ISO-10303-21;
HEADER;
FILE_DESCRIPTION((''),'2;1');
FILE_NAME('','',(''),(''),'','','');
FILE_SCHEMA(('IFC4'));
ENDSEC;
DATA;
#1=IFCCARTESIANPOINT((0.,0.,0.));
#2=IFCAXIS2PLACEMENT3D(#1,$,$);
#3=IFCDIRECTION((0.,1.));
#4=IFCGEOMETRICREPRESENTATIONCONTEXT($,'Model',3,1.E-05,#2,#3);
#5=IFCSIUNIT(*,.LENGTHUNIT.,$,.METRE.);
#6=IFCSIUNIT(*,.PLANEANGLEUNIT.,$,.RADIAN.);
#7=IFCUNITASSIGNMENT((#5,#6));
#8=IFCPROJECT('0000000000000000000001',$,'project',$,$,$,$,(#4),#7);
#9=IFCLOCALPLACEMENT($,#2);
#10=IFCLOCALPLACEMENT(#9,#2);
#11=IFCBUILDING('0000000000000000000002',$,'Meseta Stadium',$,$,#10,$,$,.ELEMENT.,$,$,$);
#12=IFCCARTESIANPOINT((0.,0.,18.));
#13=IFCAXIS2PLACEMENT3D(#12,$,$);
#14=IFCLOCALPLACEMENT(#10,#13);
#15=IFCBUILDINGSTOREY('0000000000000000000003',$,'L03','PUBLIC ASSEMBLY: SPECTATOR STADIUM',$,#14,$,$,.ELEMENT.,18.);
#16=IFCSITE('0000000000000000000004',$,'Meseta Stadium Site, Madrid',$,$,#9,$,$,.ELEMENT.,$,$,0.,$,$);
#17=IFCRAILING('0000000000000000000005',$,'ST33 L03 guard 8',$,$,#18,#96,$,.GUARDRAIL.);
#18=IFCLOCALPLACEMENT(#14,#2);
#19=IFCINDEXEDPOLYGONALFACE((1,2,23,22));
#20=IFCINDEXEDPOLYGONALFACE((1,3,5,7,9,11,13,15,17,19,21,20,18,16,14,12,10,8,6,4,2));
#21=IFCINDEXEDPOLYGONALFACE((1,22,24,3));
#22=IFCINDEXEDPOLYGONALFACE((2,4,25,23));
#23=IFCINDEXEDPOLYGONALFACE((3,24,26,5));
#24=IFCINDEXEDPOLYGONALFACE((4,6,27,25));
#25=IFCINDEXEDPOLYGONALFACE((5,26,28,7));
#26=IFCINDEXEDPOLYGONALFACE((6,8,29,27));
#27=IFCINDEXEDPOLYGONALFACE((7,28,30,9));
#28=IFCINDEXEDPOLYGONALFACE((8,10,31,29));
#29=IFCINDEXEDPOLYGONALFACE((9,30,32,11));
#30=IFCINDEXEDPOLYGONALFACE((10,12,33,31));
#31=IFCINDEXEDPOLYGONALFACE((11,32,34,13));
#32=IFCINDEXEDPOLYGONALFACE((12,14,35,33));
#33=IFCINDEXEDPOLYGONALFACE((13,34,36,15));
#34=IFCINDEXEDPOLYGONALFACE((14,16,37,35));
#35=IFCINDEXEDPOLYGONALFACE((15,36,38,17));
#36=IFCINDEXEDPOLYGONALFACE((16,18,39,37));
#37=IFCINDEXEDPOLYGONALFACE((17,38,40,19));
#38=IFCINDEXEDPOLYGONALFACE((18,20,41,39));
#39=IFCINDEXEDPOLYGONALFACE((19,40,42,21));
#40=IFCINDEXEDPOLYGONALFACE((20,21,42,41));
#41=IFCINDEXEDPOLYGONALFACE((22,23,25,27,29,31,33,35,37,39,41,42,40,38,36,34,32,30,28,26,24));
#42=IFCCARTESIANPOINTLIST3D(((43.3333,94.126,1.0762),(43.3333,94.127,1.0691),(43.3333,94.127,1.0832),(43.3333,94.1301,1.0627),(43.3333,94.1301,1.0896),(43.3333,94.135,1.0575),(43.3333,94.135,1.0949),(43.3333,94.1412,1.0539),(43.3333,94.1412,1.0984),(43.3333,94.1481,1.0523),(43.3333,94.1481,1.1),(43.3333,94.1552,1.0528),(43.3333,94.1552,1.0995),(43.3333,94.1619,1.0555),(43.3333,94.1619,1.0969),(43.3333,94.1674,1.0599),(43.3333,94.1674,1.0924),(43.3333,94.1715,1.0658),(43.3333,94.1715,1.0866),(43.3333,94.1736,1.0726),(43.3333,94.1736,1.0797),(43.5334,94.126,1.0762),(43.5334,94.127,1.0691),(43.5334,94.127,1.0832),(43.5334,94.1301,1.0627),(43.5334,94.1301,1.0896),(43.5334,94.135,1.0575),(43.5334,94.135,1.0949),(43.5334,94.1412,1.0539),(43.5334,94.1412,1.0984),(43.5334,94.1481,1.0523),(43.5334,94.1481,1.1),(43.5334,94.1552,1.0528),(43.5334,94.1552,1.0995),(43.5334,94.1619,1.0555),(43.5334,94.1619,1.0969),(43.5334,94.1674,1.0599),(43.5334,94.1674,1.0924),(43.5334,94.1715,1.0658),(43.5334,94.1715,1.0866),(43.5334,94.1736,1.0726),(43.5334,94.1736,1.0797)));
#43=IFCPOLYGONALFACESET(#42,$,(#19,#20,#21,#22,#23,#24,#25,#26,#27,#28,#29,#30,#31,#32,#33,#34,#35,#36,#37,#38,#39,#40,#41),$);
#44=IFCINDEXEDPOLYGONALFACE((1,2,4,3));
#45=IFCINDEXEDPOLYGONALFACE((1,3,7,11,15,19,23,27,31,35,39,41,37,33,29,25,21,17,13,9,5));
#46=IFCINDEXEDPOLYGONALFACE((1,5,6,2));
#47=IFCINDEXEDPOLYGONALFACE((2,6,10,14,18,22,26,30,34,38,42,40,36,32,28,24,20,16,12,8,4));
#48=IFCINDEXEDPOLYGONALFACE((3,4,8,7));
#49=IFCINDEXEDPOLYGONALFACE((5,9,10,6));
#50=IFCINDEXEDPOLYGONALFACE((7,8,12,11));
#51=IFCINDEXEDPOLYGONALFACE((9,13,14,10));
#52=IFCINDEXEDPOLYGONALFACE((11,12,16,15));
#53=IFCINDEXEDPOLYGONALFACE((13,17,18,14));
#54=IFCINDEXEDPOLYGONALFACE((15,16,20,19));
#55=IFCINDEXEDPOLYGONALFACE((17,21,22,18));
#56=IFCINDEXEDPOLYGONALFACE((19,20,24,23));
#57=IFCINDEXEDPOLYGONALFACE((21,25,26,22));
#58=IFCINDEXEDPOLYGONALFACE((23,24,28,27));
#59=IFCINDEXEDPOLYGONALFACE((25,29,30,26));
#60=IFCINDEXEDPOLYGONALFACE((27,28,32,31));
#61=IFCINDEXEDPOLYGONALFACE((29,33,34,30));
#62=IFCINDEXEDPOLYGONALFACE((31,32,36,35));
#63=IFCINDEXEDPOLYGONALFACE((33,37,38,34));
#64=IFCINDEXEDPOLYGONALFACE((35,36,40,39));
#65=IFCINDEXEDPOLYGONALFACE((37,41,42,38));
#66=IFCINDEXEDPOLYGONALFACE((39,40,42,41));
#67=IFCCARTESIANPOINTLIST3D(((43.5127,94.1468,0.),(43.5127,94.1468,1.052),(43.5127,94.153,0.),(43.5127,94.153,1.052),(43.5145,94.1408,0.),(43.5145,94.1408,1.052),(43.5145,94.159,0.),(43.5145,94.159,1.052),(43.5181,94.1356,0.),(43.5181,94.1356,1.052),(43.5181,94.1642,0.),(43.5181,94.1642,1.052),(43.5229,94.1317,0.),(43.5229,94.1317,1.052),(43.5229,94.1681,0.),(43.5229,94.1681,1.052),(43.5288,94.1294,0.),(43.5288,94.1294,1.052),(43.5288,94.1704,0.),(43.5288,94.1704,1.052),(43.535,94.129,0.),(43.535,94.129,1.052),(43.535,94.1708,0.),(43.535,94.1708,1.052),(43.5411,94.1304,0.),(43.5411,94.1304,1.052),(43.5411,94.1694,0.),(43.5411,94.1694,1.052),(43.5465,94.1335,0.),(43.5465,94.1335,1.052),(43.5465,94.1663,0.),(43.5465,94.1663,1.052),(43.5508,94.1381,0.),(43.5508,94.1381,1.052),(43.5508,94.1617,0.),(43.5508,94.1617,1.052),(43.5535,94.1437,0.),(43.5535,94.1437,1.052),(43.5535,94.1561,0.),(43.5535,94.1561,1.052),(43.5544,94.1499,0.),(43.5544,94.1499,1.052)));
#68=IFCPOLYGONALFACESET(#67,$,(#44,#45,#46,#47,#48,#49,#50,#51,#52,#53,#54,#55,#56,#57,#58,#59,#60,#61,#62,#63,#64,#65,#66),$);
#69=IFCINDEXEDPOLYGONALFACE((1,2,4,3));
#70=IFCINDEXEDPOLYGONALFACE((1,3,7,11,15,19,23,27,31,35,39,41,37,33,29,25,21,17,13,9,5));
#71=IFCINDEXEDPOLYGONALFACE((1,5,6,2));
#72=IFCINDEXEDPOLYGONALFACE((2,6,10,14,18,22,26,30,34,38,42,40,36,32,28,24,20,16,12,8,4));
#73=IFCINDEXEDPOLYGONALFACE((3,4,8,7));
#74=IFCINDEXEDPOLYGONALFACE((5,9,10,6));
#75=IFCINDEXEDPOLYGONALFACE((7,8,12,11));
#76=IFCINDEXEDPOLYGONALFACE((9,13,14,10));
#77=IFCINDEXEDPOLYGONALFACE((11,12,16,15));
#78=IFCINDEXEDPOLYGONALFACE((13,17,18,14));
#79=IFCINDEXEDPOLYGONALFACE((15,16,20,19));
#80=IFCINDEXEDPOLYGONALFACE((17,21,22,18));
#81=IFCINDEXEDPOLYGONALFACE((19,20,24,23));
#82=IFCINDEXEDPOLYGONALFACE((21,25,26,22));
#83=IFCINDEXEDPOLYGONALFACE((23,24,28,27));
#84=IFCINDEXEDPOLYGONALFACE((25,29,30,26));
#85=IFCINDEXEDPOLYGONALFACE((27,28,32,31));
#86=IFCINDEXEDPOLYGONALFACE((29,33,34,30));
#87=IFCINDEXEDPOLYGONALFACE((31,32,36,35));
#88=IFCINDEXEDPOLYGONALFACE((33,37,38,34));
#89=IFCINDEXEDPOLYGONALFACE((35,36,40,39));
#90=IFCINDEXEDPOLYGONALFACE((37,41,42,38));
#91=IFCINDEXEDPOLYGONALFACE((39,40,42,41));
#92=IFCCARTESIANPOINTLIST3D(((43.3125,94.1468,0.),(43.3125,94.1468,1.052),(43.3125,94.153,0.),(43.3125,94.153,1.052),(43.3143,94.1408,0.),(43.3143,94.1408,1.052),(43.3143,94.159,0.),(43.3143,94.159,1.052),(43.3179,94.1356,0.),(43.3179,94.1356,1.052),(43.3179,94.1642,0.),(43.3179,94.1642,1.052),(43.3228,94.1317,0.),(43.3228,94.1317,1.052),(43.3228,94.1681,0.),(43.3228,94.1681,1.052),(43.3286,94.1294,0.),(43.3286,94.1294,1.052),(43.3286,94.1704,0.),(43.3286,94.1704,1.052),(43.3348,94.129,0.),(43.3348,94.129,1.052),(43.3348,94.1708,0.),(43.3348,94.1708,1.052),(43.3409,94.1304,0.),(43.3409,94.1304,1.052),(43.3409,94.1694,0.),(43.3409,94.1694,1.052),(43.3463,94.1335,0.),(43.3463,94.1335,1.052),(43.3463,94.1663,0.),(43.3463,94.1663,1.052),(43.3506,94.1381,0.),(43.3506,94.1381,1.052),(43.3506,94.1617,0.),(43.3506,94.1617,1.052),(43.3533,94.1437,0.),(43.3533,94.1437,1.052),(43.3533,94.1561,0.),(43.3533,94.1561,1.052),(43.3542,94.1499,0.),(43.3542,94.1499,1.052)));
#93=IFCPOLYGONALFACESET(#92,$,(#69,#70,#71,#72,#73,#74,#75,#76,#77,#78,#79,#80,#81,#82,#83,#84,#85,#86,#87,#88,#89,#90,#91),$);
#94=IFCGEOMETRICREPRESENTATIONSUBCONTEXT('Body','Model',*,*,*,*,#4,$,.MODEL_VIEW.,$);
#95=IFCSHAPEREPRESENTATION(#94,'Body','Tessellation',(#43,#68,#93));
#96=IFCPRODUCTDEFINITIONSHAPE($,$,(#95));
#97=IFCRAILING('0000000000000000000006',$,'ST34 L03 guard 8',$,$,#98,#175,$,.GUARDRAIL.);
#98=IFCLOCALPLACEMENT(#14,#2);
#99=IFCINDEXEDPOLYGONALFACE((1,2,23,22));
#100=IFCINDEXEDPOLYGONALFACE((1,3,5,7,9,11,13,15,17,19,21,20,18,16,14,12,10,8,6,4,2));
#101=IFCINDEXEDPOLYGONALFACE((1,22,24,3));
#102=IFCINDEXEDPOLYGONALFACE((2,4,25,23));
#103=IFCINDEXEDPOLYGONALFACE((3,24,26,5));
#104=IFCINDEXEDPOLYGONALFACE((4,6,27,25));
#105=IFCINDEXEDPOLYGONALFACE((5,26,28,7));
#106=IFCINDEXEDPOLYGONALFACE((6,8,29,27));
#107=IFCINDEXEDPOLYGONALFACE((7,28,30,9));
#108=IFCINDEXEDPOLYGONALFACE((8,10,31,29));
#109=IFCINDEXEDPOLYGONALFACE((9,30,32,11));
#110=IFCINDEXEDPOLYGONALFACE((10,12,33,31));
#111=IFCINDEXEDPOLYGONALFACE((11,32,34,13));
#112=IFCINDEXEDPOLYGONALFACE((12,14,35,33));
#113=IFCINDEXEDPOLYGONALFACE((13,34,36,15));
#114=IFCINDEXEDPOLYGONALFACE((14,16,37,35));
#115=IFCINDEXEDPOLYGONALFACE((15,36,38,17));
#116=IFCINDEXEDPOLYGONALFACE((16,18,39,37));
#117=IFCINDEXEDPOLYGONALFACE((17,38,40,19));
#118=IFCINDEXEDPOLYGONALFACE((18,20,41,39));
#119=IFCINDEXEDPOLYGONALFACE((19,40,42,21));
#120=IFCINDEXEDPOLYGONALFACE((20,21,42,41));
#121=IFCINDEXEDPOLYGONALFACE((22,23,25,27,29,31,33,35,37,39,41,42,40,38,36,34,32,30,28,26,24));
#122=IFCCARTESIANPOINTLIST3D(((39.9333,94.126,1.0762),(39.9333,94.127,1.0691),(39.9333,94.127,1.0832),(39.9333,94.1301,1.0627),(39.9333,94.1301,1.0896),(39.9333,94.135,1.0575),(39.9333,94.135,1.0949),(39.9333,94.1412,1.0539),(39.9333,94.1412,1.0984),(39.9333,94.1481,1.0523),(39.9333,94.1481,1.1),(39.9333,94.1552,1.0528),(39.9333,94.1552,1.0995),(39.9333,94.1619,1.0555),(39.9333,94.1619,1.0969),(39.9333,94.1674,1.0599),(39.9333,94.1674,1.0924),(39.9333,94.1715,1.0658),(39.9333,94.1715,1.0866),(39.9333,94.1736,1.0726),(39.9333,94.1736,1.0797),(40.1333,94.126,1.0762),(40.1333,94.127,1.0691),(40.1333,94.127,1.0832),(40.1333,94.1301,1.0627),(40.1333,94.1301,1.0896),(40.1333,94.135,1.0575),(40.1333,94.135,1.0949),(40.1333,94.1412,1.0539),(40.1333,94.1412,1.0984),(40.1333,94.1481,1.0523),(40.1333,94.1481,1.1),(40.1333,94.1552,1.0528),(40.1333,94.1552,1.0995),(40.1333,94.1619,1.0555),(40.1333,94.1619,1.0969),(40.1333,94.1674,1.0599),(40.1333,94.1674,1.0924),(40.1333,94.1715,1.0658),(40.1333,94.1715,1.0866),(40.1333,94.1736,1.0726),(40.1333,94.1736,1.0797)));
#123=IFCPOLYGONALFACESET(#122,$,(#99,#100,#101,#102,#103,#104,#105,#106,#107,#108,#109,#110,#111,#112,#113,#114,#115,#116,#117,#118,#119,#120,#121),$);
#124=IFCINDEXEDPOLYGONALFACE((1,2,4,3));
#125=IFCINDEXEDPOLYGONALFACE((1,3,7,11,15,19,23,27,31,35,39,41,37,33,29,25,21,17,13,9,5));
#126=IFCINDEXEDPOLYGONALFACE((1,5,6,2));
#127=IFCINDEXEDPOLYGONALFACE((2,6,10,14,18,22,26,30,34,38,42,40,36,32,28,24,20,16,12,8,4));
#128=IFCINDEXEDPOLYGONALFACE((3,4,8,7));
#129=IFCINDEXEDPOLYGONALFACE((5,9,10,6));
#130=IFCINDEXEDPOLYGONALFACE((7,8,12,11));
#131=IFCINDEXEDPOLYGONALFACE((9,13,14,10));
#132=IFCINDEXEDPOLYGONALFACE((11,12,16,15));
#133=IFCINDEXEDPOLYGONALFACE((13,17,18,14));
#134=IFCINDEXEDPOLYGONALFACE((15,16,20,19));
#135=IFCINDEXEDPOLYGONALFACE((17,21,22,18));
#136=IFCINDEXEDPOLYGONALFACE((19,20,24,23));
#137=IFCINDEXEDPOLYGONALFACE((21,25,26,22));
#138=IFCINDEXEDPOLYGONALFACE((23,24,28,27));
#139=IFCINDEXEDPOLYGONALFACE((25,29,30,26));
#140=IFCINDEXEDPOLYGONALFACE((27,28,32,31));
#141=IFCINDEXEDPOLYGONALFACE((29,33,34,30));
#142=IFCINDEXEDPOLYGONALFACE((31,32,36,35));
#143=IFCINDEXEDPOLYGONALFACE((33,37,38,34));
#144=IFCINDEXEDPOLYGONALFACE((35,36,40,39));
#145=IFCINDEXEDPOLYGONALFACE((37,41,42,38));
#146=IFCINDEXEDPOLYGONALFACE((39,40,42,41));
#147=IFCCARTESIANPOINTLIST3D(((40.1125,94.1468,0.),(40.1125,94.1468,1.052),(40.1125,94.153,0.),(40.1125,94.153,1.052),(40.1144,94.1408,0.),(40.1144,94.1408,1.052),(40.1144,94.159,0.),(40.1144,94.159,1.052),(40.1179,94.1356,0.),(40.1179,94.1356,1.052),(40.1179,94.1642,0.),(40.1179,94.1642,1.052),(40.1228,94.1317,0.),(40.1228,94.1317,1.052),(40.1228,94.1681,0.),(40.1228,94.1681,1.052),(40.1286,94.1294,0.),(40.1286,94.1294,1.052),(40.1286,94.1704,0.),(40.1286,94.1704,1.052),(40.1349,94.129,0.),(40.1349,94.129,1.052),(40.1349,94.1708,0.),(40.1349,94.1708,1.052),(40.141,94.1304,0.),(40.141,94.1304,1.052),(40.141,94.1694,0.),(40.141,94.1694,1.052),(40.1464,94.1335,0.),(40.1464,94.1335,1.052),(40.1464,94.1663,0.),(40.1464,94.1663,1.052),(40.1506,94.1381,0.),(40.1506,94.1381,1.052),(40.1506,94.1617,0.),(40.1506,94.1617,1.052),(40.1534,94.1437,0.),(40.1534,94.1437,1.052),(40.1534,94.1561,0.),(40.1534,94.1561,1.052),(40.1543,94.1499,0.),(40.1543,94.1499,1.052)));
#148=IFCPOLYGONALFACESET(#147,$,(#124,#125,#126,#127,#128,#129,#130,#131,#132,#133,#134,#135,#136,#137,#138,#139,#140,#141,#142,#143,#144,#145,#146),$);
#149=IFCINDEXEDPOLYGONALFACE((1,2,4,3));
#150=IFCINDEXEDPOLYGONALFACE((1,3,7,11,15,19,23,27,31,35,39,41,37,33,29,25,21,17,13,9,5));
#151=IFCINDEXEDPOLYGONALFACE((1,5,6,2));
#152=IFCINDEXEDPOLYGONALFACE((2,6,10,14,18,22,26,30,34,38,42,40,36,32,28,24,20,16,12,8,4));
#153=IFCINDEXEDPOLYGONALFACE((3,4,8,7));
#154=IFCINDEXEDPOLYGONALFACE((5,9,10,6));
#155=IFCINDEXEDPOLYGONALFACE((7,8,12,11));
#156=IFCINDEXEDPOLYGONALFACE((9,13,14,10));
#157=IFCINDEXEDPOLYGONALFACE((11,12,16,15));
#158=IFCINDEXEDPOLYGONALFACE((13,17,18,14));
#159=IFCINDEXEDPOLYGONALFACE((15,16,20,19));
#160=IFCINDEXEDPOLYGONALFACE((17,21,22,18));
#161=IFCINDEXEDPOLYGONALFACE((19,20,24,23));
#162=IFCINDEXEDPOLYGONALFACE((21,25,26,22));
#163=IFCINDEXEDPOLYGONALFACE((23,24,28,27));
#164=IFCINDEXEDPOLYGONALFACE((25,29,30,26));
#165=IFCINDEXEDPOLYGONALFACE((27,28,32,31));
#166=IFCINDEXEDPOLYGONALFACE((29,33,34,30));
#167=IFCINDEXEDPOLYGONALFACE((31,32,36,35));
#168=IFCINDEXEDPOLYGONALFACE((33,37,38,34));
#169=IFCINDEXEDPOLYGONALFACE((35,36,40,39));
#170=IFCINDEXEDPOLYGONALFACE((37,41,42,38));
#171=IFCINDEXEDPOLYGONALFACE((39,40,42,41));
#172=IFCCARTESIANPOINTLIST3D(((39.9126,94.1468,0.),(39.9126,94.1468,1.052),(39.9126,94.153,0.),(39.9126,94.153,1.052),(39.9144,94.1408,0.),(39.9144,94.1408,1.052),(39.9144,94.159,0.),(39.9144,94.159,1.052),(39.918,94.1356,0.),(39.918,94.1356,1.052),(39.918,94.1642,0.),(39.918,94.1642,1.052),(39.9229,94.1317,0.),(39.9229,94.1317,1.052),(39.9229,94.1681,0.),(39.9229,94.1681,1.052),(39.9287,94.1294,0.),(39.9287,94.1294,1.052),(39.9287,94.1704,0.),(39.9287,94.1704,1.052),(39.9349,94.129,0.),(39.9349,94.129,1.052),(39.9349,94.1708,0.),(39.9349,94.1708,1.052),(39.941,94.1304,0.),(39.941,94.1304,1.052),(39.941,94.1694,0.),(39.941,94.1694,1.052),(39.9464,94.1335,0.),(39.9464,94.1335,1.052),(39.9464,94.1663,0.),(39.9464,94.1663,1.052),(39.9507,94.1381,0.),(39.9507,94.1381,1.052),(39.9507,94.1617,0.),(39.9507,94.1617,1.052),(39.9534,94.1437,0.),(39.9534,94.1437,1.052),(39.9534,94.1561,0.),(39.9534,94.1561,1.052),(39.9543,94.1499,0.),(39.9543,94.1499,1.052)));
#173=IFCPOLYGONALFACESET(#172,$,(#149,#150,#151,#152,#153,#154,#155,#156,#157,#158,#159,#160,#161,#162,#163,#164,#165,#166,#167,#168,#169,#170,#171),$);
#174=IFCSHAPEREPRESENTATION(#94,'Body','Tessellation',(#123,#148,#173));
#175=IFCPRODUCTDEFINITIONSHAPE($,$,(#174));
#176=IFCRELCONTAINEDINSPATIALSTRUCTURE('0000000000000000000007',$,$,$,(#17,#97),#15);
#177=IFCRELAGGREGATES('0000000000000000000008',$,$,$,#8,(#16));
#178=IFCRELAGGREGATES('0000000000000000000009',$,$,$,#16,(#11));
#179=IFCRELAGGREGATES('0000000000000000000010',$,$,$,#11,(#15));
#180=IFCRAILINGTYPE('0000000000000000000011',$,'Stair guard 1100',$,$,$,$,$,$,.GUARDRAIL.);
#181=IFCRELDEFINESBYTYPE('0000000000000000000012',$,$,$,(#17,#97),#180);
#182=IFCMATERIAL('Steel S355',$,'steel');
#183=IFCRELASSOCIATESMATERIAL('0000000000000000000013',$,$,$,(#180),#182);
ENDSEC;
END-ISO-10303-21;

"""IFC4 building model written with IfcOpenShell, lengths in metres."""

from ifc_helpers import new_model, si_unit, direction, frame, origin, origin_2d, place, context, subcontext, project, spatial, circle, extrude, material, type_object, element, save


model = new_model("IFC4")

# Units and contexts
model_context = context("Model", 3, precision=1e-05, world=origin(), true_north=direction((0.0, 1.0)))
body_context = subcontext(model_context, "Body", "Model", "MODEL_VIEW")
ifc_project = project(units=[si_unit("LENGTHUNIT", "METRE"), si_unit("PLANEANGLEUNIT", "RADIAN")], contexts=[model_context])

# Site, building, storey
site_placement = place(None, origin())
site = spatial("IfcSite", under=ifc_project, at=site_placement, Name="Meseta Stadium Site, Madrid", CompositionType="ELEMENT", RefElevation=0.0)
building_placement = place(site_placement, origin())
building = spatial("IfcBuilding", under=site, at=building_placement, Name="Meseta Stadium", CompositionType="ELEMENT")
storey_placement = place(building_placement, frame((0.0, 0.0, 18.0)))
storey = spatial("IfcBuildingStorey", under=building, at=storey_placement, Name="L03", Description="PUBLIC ASSEMBLY: SPECTATOR STADIUM", CompositionType="ELEMENT", Elevation=18.0)

# Railings
ifc_material_1 = material(Name="Steel S355", Category="steel")
railing_type = type_object("IfcRailingType", Name="Stair guard 1100", PredefinedType="GUARDRAIL", material=ifc_material_1)
for number, where, name in (
    (1, (43.5334, 94.1499, 0.0), "ST33 L03 guard 8"),
):
    element("IfcRailing", number, at=place(storey_placement, frame(where)), inside=storey, type_object=railing_type, Name=name, PredefinedType="GUARDRAIL", context=body_context, shape_type="SweptSolid", body=[
        extrude(circle(Radius=0.0239, at=origin_2d()), frame((0.0, 0.0, 1.0762), z_axis=(-1.0, 0.0, 0.0), x_axis=(0.0, -1.0, 0.0)), (0.0, 0.0, 1.0), 0.2002),
        extrude(circle(Radius=0.021, at=origin_2d()), origin(), (0.0, 0.0, 1.0), 1.052),
        extrude(circle(Radius=0.021, at=origin_2d()), frame((-0.2002, 0.0, 0.0)), (0.0, 0.0, 1.0), 1.052),
    ])
railing_1_placement = place(storey_placement, frame((40.1333, 94.1499, 0.0)))
element("IfcRailing", 2, at=railing_1_placement, inside=storey, type_object=railing_type, Name="ST34 L03 guard 8", PredefinedType="GUARDRAIL", context=body_context, shape_type="SweptSolid", body=[
    extrude(circle(Radius=0.0239, at=origin_2d()), frame((0.0, 0.0, 1.0762), z_axis=(-1.0, 0.0, 0.0), x_axis=(0.0, -1.0, 0.0)), (0.0, 0.0, 1.0), 0.2),
    extrude(circle(Radius=0.021, at=origin_2d()), origin(), (0.0, 0.0, 1.0), 1.052),
    extrude(circle(Radius=0.021, at=origin_2d()), frame((-0.2, 0.0, 0.0)), (0.0, 0.0, 1.0), 1.052),
])

save(model, "model.ifc")
